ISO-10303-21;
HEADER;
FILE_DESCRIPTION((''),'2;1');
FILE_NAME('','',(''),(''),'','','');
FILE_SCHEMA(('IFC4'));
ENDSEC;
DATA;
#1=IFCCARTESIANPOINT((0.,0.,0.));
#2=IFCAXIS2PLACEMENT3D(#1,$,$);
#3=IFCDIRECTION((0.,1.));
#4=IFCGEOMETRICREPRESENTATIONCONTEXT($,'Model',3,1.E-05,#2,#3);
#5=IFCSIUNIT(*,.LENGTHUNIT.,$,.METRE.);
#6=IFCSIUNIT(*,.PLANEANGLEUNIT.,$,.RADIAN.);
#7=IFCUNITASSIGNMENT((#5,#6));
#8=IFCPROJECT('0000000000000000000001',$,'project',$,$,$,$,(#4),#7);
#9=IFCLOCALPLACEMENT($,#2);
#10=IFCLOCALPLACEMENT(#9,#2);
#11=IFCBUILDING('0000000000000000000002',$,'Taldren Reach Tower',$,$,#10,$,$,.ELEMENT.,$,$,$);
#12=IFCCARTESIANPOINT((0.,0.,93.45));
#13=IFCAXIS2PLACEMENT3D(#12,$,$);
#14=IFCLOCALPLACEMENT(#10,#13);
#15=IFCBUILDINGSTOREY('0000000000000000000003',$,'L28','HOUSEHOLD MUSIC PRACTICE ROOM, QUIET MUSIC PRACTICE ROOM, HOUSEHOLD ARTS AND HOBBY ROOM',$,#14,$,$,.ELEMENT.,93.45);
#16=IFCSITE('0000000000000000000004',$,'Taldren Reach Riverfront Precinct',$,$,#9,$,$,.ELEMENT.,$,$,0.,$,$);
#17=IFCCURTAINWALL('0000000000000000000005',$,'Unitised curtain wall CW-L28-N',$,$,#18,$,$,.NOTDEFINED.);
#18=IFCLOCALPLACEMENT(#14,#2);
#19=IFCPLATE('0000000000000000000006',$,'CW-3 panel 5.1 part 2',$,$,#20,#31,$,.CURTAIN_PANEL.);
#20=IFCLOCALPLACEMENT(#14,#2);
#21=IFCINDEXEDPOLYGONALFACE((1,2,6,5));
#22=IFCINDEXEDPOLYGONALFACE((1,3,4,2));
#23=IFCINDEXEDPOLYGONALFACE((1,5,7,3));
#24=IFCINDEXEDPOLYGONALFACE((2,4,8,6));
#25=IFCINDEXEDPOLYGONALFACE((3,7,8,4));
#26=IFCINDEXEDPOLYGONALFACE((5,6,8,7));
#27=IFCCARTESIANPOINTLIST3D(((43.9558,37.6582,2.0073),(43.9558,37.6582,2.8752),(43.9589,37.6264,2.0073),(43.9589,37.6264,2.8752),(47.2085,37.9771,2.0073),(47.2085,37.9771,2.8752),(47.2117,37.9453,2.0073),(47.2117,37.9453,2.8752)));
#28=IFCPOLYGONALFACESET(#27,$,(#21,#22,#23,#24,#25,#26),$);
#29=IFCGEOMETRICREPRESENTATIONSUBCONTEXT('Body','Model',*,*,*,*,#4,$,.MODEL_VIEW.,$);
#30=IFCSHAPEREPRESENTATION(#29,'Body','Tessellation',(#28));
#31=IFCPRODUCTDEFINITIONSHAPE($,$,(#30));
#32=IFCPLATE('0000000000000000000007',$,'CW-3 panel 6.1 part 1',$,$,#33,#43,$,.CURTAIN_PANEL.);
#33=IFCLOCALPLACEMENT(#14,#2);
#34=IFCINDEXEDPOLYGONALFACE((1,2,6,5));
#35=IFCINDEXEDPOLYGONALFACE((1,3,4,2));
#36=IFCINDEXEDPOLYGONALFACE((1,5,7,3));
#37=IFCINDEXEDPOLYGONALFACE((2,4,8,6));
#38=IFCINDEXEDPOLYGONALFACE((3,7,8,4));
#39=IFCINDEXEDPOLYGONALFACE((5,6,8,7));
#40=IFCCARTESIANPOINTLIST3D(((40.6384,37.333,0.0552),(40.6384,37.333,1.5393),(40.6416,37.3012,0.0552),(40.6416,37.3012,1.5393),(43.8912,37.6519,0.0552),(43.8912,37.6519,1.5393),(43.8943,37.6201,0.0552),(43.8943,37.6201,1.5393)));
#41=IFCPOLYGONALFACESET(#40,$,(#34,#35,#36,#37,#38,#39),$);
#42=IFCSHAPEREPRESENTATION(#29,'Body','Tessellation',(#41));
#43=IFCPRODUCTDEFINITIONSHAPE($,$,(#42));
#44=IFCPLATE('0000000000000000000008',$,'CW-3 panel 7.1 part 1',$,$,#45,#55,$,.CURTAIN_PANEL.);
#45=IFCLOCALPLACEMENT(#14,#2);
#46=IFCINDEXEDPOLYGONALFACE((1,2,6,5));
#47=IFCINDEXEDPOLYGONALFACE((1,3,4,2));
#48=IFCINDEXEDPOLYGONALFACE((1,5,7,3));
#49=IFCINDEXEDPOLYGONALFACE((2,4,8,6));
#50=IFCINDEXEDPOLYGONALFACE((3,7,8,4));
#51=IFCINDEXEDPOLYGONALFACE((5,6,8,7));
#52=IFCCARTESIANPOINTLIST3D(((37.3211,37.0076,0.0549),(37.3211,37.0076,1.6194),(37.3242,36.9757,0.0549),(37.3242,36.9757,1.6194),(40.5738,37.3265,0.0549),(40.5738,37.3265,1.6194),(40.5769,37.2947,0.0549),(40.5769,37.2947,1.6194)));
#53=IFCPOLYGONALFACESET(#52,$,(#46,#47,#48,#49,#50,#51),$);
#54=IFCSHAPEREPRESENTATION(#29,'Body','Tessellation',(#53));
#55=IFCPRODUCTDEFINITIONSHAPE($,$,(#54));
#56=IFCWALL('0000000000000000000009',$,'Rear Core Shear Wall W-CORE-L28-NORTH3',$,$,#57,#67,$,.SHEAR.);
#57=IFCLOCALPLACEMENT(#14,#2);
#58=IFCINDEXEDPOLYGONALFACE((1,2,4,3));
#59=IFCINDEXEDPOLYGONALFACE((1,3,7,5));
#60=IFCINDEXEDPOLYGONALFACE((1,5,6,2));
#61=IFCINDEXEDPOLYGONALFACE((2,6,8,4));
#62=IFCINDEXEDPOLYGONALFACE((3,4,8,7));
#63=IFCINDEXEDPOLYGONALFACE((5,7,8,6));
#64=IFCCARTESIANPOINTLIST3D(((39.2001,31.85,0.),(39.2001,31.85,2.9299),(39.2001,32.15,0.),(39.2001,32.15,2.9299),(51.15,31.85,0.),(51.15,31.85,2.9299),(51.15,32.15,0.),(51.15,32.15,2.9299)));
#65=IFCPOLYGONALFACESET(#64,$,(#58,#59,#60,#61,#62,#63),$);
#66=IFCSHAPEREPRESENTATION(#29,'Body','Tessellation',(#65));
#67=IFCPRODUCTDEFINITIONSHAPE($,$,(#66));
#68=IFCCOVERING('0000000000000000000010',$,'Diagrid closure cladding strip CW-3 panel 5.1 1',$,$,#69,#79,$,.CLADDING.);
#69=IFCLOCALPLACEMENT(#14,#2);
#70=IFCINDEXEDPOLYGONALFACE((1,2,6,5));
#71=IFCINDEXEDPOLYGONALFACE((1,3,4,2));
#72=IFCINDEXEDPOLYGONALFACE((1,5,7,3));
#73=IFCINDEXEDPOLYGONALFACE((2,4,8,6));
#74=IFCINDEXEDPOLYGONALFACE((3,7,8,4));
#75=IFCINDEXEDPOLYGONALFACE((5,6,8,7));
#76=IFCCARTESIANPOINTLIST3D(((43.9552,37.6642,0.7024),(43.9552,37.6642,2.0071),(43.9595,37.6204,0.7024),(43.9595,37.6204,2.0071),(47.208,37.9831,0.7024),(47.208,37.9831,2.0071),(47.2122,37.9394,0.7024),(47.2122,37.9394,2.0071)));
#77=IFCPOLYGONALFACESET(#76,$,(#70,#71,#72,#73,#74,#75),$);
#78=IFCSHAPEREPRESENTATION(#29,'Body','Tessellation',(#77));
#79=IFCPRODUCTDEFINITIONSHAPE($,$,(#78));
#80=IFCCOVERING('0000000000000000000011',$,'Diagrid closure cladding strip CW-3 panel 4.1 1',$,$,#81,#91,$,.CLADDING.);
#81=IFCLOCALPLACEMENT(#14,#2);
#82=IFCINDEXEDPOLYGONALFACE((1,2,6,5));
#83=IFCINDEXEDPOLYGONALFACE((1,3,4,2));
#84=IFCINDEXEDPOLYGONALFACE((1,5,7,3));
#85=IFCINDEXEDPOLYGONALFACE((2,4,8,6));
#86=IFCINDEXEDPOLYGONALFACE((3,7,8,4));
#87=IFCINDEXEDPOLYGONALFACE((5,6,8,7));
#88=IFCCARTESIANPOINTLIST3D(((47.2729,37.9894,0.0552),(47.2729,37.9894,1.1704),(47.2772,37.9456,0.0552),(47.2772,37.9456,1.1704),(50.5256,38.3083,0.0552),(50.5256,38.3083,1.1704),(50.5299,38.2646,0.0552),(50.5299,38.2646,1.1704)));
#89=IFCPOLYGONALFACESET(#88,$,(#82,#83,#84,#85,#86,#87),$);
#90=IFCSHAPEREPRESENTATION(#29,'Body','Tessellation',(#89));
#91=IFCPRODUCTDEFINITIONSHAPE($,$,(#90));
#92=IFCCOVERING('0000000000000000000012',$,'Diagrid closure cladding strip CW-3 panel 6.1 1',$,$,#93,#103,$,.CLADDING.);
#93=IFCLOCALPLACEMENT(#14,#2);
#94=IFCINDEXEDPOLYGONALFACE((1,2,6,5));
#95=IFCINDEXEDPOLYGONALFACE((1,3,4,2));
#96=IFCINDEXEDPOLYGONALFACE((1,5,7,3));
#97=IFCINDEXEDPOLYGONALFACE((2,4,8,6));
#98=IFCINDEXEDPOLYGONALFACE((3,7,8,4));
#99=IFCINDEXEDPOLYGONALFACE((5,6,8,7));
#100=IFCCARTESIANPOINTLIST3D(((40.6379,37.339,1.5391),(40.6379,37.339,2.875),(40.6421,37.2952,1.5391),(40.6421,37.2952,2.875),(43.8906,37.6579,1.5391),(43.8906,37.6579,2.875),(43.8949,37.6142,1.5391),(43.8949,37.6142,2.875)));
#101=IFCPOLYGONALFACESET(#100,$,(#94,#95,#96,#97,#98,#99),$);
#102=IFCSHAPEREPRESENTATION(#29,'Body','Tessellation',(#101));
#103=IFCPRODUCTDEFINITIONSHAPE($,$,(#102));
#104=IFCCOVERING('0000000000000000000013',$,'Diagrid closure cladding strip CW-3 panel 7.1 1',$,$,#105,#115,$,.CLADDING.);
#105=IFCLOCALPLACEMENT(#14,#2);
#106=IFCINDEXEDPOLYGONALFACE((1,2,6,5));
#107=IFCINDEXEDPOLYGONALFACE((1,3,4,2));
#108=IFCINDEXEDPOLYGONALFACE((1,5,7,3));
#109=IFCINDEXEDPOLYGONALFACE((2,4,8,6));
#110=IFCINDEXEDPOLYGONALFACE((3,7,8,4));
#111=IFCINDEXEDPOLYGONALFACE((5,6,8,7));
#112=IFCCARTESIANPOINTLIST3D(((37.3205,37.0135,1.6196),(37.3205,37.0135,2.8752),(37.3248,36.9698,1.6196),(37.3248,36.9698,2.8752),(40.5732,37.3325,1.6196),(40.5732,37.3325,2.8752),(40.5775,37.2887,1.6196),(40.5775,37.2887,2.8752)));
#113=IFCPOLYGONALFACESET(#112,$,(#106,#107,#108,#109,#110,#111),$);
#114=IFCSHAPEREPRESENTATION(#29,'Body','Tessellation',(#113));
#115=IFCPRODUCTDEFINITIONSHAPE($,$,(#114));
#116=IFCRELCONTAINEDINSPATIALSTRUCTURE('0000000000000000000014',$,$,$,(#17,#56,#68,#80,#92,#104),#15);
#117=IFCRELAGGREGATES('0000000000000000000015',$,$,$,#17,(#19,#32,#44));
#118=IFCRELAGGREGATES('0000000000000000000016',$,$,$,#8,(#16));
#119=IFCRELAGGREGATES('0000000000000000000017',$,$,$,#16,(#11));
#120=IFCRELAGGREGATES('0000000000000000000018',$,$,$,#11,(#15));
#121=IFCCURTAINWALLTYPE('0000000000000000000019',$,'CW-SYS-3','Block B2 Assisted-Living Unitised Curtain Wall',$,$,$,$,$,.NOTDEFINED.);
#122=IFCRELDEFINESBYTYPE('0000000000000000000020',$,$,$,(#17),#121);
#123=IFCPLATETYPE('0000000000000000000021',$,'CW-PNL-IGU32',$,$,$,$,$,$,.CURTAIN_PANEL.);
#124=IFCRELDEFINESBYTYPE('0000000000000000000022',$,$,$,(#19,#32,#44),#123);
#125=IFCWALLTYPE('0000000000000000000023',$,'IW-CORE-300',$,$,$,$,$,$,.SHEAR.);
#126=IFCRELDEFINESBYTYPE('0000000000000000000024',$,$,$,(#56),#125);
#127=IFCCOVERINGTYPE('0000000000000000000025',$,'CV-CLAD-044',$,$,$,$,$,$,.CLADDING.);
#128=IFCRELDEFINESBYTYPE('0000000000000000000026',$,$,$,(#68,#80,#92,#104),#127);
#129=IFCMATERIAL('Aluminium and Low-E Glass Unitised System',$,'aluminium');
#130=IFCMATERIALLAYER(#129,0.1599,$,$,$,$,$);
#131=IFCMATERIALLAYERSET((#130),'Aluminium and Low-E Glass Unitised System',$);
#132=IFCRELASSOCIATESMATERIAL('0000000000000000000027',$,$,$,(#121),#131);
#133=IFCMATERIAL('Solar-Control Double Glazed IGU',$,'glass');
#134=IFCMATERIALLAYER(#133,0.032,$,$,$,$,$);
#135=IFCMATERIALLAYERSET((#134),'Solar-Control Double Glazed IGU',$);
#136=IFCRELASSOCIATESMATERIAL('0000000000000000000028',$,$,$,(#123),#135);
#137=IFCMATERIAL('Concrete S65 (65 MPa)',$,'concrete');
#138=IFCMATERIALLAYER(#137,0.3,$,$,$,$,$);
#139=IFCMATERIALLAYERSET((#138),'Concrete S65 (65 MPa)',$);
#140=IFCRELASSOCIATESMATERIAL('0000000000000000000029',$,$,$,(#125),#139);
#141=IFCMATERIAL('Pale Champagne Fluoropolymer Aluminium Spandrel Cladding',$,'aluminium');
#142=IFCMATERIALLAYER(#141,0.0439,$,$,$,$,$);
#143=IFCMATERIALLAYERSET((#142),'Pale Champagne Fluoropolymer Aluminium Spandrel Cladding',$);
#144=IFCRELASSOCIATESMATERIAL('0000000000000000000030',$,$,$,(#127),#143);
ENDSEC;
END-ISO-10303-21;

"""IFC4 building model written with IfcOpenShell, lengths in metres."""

from ifc_helpers import new_model, si_unit, direction, frame, frame_2d, origin, origin_2d, place, context, subcontext, project, spatial, rectangle, extrude, source, transform, mapped, material, layer, layer_set, type_object, element, aggregate, save


model = new_model("IFC4")

# Units and contexts
model_context = context("Model", 3, precision=1e-05, world=origin(), true_north=direction((0.0, 1.0)))
body_context = subcontext(model_context, "Body", "Model", "MODEL_VIEW")
ifc_project = project(units=[si_unit("LENGTHUNIT", "METRE"), si_unit("PLANEANGLEUNIT", "RADIAN")], contexts=[model_context])

# Site, building, storey
site_placement = place(None, origin())
site = spatial("IfcSite", under=ifc_project, at=site_placement, Name="Taldren Reach Riverfront Precinct", CompositionType="ELEMENT", RefElevation=0.0)
building_placement = place(site_placement, origin())
building = spatial("IfcBuilding", under=site, at=building_placement, Name="Taldren Reach Tower", CompositionType="ELEMENT")
storey_placement = place(building_placement, frame((0.0, 0.0, 93.45)))
storey = spatial("IfcBuildingStorey", under=building, at=storey_placement, Name="L28", Description="HOUSEHOLD MUSIC PRACTICE ROOM, QUIET MUSIC PRACTICE ROOM, HOUSEHOLD ARTS AND HOBBY ROOM", CompositionType="ELEMENT", Elevation=93.45)

# Curtain wall
ifc_material_1 = material(Name="Aluminium and Low-E Glass Unitised System", Category="aluminium")
ifc_layer_1 = layer(ifc_material_1, 0.1599)
ifc_layer_set_1 = layer_set([ifc_layer_1], Name="Aluminium and Low-E Glass Unitised System")
curtain_wall_type = type_object("IfcCurtainWallType", Name="CW-SYS-3", Description="Block B2 Assisted-Living Unitised Curtain Wall", PredefinedType="NOTDEFINED", material=ifc_layer_set_1)
curtain_wall_placement = place(storey_placement, origin())
curtain_wall = element("IfcCurtainWall", 1, at=curtain_wall_placement, inside=storey, type_object=curtain_wall_type, Name="Unitised curtain wall CW-L28-N", PredefinedType="NOTDEFINED")

# Plates
ifc_material_2 = material(Name="Solar-Control Double Glazed IGU", Category="glass")
ifc_layer_2 = layer(ifc_material_2, 0.032)
ifc_layer_set_2 = layer_set([ifc_layer_2], Name="Solar-Control Double Glazed IGU")
plate_type_1 = type_object("IfcPlateType", Name="CW-PNL-IGU32", PredefinedType="CURTAIN_PANEL", material=ifc_layer_set_2)
shared_shape_1 = source(origin(), body_context, "Body", "SweptSolid", [
    extrude(rectangle(XDim=3.2683, YDim=0.032, at=origin_2d()), origin(), (0.0, 0.0, 1.0), 0.8679),
])
plate_1_placement = place(storey_placement, frame((45.5837, 37.8018, 2.0073), z_axis=(0.0, 0.0, 1.0), x_axis=(-0.995227, -0.097583, 0.0)))
plate_1 = element("IfcPlate", 2, at=plate_1_placement, type_object=plate_type_1, Name="CW-3 panel 5.1 part 2", PredefinedType="CURTAIN_PANEL", context=body_context, shape_type="MappedRepresentation", body=[
    mapped(shared_shape_1, transform((0.0, 0.0, 0.0), scale=1.0)),
])
shared_shape_2 = source(origin(), body_context, "Body", "SweptSolid", [
    extrude(rectangle(XDim=3.2683, YDim=0.032, at=origin_2d()), origin(), (0.0, 0.0, 1.0), 1.4841),
])
plate_2_placement = place(storey_placement, frame((42.2664, 37.4766, 0.0552), z_axis=(0.0, 0.0, 1.0), x_axis=(-0.995227, -0.097583, 0.0)))
plate_2 = element("IfcPlate", 3, at=plate_2_placement, type_object=plate_type_1, Name="CW-3 panel 6.1 part 1", PredefinedType="CURTAIN_PANEL", context=body_context, shape_type="MappedRepresentation", body=[
    mapped(shared_shape_2, transform((0.0, 0.0, 0.0), scale=1.0)),
])
shared_shape_3 = source(origin(), body_context, "Body", "SweptSolid", [
    extrude(rectangle(XDim=3.2683, YDim=0.032, at=origin_2d()), origin(), (0.0, 0.0, 1.0), 1.5645),
])
plate_3_placement = place(storey_placement, frame((38.949, 37.1511, 0.0549), z_axis=(0.0, 0.0, 1.0), x_axis=(-0.995227, -0.097583, 0.0)))
plate_3 = element("IfcPlate", 4, at=plate_3_placement, type_object=plate_type_1, Name="CW-3 panel 7.1 part 1", PredefinedType="CURTAIN_PANEL", context=body_context, shape_type="MappedRepresentation", body=[
    mapped(shared_shape_3, transform((0.0, 0.0, 0.0), scale=1.0)),
])
aggregate(curtain_wall, [plate_1, plate_2, plate_3])

# Wall
ifc_material_3 = material(Name="Concrete S65 (65 MPa)", Category="concrete")
ifc_layer_3 = layer(ifc_material_3, 0.3)
ifc_layer_set_3 = layer_set([ifc_layer_3], Name="Concrete S65 (65 MPa)")
wall_type = type_object("IfcWallType", Name="IW-CORE-300", PredefinedType="SHEAR", material=ifc_layer_set_3)
shared_shape_4 = source(origin(), body_context, "Body", "SweptSolid", [
    extrude(rectangle(XDim=11.95, YDim=0.3, at=frame_2d((5.9751, 0.0))), origin(), (0.0, 0.0, 1.0), 2.9299),
])
wall_placement = place(storey_placement, frame((39.2, 32.0, 0.0), z_axis=(0.0, 0.0, 1.0), x_axis=(1.0, 0.0, 0.0)))
element("IfcWall", 5, at=wall_placement, inside=storey, type_object=wall_type, Name="Rear Core Shear Wall W-CORE-L28-NORTH3", PredefinedType="SHEAR", context=body_context, shape_type="MappedRepresentation", body=[
    mapped(shared_shape_4, transform((0.0, 0.0, 0.0), scale=1.0)),
])

# Coverings
ifc_material_4 = material(Name="Pale Champagne Fluoropolymer Aluminium Spandrel Cladding", Category="aluminium")
ifc_layer_4 = layer(ifc_material_4, 0.0439)
ifc_layer_set_4 = layer_set([ifc_layer_4], Name="Pale Champagne Fluoropolymer Aluminium Spandrel Cladding")
covering_type = type_object("IfcCoveringType", Name="CV-CLAD-044", PredefinedType="CLADDING", material=ifc_layer_set_4)
shared_shape_5 = source(origin(), body_context, "Body", "SweptSolid", [
    extrude(rectangle(XDim=3.2683, YDim=0.0439, at=origin_2d()), origin(), (0.0, 0.0, 1.0), 1.3047),
])
covering_1_placement = place(storey_placement, frame((45.5837, 37.8018, 0.7024), z_axis=(0.0, 0.0, 1.0), x_axis=(-0.995227, -0.097583, 0.0)))
element("IfcCovering", 6, at=covering_1_placement, inside=storey, type_object=covering_type, Name="Diagrid closure cladding strip CW-3 panel 5.1 1", PredefinedType="CLADDING", context=body_context, shape_type="MappedRepresentation", body=[
    mapped(shared_shape_5, transform((0.0, 0.0, 0.0), scale=1.0)),
])
shared_shape_6 = source(origin(), body_context, "Body", "SweptSolid", [
    extrude(rectangle(XDim=3.2683, YDim=0.0439, at=origin_2d()), origin(), (0.0, 0.0, 1.0), 1.1152),
])
covering_2_placement = place(storey_placement, frame((48.9014, 38.127, 0.0552), z_axis=(0.0, 0.0, 1.0), x_axis=(-0.995227, -0.097583, 0.0)))
element("IfcCovering", 7, at=covering_2_placement, inside=storey, type_object=covering_type, Name="Diagrid closure cladding strip CW-3 panel 4.1 1", PredefinedType="CLADDING", context=body_context, shape_type="MappedRepresentation", body=[
    mapped(shared_shape_6, transform((0.0, 0.0, 0.0), scale=1.0)),
])
shared_shape_7 = source(origin(), body_context, "Body", "SweptSolid", [
    extrude(rectangle(XDim=3.2683, YDim=0.0439, at=origin_2d()), origin(), (0.0, 0.0, 1.0), 1.3359),
])
covering_3_placement = place(storey_placement, frame((42.2664, 37.4766, 1.5391), z_axis=(0.0, 0.0, 1.0), x_axis=(-0.995227, -0.097583, 0.0)))
element("IfcCovering", 8, at=covering_3_placement, inside=storey, type_object=covering_type, Name="Diagrid closure cladding strip CW-3 panel 6.1 1", PredefinedType="CLADDING", context=body_context, shape_type="MappedRepresentation", body=[
    mapped(shared_shape_7, transform((0.0, 0.0, 0.0), scale=1.0)),
])
shared_shape_8 = source(origin(), body_context, "Body", "SweptSolid", [
    extrude(rectangle(XDim=3.2683, YDim=0.0439, at=origin_2d()), origin(), (0.0, 0.0, 1.0), 1.2556),
])
covering_4_placement = place(storey_placement, frame((38.949, 37.1511, 1.6196), z_axis=(0.0, 0.0, 1.0), x_axis=(-0.995227, -0.097583, 0.0)))
element("IfcCovering", 9, at=covering_4_placement, inside=storey, type_object=covering_type, Name="Diagrid closure cladding strip CW-3 panel 7.1 1", PredefinedType="CLADDING", context=body_context, shape_type="MappedRepresentation", body=[
    mapped(shared_shape_8, transform((0.0, 0.0, 0.0), scale=1.0)),
])

save(model, "model.ifc")
